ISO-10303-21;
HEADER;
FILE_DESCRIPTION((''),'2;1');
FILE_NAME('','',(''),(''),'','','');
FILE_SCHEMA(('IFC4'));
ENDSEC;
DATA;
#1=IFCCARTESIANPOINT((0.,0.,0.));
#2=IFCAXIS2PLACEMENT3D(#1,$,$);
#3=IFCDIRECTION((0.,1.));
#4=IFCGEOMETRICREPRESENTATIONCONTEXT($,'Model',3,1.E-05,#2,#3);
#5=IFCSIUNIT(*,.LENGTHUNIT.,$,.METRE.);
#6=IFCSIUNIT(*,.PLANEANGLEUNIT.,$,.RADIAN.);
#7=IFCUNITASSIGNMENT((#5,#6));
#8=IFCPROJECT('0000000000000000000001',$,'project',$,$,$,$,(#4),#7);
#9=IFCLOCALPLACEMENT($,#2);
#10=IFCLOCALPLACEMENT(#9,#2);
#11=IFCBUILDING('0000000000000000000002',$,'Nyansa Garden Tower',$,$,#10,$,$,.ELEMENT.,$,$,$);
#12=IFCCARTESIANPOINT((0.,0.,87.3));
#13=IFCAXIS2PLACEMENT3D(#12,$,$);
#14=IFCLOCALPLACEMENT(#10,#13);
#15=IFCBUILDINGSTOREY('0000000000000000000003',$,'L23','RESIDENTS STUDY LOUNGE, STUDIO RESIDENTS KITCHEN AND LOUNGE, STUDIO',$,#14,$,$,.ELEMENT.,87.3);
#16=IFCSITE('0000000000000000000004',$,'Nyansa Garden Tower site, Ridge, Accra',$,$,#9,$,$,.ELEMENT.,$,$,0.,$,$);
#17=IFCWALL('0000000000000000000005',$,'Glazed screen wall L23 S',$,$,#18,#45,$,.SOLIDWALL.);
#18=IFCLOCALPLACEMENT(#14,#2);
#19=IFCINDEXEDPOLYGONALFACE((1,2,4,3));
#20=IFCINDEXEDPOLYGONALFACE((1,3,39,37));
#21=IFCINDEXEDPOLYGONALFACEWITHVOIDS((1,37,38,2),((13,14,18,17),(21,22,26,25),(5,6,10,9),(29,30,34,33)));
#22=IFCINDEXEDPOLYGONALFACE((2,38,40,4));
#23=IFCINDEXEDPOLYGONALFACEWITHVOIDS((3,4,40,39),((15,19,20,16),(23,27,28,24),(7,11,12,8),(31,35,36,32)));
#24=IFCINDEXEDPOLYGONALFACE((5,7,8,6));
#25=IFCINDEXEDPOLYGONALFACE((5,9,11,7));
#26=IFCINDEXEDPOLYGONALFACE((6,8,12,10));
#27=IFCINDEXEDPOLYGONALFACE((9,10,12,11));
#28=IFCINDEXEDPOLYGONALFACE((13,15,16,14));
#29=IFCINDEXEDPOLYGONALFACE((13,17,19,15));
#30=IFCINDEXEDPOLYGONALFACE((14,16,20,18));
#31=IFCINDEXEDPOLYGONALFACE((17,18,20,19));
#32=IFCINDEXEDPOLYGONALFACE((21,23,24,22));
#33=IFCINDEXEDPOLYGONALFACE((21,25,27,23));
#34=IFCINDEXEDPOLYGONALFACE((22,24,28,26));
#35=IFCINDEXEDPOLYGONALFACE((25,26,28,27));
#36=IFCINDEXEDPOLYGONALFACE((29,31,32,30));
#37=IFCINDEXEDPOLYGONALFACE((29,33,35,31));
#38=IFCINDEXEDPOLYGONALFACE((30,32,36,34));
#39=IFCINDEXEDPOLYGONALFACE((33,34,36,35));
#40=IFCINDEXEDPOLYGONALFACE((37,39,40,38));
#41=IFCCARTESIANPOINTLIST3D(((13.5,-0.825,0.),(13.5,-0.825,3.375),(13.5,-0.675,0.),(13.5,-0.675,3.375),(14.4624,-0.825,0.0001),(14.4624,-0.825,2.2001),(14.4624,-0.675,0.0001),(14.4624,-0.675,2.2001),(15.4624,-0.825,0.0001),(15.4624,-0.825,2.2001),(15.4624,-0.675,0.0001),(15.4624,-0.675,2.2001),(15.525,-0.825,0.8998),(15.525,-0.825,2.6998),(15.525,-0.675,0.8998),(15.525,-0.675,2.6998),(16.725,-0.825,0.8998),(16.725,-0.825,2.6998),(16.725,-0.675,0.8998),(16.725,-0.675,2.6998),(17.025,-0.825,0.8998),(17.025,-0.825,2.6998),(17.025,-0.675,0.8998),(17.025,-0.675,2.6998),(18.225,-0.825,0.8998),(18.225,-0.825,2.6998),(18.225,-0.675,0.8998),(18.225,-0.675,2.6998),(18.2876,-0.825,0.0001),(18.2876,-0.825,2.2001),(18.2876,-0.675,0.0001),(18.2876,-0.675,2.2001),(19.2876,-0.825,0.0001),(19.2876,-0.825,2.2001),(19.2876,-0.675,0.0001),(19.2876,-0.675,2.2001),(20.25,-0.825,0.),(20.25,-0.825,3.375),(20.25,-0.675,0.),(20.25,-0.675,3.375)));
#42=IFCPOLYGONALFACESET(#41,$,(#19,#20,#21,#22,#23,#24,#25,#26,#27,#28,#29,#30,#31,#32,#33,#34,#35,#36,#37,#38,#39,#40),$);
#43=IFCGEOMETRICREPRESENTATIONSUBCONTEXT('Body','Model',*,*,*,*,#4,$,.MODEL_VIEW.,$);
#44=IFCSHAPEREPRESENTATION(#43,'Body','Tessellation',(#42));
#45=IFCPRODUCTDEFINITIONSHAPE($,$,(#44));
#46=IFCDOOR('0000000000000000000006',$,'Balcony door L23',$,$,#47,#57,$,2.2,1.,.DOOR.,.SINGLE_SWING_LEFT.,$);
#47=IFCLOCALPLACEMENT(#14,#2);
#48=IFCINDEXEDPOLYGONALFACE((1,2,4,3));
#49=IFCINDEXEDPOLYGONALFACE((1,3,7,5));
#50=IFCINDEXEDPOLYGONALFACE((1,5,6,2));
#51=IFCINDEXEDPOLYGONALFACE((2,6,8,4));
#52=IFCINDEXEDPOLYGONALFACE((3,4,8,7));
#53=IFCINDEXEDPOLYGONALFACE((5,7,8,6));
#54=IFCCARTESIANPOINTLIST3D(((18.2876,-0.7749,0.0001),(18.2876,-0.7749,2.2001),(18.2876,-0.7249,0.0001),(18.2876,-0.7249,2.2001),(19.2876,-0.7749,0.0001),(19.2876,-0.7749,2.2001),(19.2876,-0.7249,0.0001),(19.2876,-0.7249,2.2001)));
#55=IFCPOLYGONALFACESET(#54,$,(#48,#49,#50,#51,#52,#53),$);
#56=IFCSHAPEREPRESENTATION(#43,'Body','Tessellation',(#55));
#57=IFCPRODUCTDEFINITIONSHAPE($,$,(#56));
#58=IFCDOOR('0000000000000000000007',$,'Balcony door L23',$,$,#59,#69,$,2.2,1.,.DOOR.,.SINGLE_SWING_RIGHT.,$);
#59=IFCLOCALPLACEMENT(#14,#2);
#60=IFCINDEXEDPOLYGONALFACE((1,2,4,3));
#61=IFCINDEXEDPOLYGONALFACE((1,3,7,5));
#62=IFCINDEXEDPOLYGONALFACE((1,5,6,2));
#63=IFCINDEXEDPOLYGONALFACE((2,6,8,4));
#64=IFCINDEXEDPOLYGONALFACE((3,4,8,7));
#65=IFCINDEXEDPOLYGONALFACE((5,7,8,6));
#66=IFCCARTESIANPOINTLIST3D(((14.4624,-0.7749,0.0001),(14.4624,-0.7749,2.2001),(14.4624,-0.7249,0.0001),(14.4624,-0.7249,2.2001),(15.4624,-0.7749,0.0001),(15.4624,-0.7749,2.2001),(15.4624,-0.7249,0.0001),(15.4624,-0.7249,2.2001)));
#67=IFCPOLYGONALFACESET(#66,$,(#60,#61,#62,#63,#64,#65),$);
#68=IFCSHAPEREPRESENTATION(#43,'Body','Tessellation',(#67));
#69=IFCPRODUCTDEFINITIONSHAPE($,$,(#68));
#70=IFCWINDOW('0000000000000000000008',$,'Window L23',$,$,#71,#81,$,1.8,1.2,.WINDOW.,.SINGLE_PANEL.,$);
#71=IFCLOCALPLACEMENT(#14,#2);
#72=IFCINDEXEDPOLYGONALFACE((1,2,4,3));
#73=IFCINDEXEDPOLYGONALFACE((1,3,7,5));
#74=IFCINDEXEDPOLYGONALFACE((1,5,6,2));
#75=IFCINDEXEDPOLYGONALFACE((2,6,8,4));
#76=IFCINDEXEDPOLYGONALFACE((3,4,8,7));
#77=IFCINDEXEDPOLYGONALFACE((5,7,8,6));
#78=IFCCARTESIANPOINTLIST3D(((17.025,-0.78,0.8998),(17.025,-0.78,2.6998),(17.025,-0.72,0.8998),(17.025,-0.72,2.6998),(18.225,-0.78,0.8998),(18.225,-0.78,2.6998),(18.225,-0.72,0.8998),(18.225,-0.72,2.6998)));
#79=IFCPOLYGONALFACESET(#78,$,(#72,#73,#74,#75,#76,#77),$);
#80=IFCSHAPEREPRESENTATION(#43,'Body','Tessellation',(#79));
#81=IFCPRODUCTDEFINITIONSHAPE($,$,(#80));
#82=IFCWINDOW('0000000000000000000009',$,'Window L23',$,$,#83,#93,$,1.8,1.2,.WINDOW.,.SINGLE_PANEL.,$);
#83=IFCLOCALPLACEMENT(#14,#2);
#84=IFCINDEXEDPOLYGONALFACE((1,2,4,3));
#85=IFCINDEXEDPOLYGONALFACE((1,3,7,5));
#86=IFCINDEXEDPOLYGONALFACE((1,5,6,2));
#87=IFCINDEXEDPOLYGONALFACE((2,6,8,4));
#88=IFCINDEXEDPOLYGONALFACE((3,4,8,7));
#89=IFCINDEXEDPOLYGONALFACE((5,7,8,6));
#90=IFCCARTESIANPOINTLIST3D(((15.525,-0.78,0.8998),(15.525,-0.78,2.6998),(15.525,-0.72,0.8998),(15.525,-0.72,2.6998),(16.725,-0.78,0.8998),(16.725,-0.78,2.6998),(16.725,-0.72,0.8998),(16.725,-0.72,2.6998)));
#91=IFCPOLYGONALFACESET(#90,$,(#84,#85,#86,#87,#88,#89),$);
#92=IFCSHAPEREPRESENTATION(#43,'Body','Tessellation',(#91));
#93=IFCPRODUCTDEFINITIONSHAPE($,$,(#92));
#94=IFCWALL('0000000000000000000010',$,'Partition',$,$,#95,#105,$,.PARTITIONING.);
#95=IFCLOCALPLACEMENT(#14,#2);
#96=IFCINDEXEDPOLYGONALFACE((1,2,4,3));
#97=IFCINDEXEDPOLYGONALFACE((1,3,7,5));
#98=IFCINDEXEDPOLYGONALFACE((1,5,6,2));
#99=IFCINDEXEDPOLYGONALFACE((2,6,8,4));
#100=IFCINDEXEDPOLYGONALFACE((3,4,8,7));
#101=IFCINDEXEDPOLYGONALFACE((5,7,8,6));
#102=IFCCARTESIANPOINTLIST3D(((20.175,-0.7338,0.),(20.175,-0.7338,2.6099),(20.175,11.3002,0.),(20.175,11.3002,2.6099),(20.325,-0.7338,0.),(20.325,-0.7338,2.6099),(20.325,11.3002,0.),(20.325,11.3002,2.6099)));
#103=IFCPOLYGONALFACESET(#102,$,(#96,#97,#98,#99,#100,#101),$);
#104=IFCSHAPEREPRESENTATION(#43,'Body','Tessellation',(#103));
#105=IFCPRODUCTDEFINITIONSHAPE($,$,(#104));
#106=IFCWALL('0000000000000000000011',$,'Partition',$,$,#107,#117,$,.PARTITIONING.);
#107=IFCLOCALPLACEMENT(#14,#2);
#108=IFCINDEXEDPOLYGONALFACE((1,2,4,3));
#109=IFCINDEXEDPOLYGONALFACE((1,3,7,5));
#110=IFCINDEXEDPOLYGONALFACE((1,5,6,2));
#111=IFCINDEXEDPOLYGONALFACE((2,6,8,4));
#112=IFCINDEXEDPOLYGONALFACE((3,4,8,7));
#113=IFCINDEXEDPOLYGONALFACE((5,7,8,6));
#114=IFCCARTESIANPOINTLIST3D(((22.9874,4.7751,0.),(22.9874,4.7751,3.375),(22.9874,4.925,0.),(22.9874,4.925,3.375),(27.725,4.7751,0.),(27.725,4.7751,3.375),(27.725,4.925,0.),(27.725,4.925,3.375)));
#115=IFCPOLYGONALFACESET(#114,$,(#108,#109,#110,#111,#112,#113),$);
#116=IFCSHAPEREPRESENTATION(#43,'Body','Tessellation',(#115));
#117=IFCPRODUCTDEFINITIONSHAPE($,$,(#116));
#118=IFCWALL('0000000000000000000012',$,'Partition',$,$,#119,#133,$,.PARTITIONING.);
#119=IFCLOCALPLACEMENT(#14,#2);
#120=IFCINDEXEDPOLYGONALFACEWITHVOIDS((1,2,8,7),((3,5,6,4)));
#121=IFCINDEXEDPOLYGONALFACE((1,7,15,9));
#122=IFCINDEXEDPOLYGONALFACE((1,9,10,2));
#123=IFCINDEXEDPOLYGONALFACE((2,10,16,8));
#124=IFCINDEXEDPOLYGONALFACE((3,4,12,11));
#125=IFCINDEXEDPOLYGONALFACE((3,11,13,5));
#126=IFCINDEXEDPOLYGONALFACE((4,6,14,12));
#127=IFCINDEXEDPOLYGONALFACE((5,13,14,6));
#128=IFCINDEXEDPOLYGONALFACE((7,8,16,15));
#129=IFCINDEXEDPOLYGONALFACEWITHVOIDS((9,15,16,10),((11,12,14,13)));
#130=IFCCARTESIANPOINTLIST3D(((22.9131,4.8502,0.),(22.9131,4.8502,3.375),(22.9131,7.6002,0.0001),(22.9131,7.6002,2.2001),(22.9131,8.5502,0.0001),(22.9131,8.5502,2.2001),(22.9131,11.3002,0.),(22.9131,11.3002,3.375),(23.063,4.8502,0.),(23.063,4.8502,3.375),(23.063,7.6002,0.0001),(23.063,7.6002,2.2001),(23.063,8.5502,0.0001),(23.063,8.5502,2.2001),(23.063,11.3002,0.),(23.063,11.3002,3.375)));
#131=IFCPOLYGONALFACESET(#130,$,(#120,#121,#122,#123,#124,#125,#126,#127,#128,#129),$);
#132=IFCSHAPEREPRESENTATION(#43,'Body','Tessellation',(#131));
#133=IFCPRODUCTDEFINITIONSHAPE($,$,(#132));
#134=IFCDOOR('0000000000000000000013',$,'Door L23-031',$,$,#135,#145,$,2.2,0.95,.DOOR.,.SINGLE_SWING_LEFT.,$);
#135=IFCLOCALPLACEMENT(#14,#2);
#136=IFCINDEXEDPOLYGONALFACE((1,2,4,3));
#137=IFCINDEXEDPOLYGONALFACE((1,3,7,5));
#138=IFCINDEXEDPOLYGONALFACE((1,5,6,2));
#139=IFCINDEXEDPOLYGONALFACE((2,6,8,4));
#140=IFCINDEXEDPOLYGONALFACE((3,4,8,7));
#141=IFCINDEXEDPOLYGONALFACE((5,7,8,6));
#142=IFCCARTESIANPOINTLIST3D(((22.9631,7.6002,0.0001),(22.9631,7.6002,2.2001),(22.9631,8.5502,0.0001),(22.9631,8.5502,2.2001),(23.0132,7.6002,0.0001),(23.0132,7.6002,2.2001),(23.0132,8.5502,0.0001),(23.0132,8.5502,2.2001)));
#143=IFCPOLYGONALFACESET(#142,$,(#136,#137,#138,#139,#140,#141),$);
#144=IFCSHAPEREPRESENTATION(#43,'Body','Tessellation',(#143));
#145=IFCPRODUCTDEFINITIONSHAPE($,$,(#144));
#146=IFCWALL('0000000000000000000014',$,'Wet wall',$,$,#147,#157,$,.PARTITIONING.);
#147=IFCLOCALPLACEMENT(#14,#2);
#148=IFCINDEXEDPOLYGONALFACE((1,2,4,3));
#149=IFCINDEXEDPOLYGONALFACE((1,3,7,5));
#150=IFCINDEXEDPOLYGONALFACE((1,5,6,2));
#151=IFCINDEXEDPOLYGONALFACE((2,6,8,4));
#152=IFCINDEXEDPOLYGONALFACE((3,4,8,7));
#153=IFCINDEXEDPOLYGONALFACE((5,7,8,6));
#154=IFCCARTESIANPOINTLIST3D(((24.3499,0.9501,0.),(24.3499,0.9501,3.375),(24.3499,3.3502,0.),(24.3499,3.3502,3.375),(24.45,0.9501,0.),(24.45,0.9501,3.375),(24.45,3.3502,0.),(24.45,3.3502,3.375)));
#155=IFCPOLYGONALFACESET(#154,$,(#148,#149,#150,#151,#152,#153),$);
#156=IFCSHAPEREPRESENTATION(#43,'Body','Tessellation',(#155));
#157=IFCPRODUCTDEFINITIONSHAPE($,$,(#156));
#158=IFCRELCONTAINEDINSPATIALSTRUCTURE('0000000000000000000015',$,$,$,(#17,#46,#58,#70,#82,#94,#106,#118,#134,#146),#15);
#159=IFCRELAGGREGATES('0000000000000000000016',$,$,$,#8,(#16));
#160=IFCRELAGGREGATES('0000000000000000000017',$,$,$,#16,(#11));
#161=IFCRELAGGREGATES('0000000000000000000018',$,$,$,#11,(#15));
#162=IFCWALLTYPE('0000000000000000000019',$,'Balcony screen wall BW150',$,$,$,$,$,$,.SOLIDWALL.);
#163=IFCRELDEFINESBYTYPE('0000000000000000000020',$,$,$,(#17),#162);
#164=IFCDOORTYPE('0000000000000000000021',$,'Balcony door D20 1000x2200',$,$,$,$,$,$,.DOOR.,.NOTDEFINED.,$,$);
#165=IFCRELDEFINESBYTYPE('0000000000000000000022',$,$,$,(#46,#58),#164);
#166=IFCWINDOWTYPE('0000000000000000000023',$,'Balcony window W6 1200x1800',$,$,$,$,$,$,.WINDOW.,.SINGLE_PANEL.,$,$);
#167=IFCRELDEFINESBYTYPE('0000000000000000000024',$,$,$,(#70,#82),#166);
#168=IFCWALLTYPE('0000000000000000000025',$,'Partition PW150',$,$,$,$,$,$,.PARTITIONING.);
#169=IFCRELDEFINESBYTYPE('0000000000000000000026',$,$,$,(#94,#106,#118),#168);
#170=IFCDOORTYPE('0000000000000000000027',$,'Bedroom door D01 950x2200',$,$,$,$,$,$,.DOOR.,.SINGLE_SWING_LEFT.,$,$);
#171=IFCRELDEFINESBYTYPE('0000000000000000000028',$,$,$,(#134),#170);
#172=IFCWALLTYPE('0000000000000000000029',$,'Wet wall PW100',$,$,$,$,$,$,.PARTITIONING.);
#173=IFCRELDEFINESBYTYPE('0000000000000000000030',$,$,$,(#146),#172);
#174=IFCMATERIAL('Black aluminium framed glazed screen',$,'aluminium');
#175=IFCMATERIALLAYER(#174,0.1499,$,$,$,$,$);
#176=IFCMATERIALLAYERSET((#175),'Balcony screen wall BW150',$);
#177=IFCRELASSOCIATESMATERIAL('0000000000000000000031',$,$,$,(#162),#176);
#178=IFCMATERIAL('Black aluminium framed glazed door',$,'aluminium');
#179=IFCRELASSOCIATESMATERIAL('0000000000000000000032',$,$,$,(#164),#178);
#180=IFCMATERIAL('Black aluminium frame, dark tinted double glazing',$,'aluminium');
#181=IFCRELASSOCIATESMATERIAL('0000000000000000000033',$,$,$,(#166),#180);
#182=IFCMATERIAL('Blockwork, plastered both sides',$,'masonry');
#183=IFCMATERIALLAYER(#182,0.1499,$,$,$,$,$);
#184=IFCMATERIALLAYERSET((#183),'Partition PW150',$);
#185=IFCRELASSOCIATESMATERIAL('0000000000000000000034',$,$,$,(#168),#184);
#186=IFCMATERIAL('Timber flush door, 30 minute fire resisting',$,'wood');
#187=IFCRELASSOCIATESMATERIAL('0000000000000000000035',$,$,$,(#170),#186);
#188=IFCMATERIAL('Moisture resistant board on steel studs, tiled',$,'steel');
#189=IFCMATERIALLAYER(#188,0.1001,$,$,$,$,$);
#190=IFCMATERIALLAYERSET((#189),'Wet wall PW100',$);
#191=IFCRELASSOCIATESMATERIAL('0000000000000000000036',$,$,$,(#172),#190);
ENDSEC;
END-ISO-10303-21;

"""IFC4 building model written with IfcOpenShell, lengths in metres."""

from ifc_helpers import new_model, si_unit, direction, frame, frame_2d, origin, place, context, subcontext, project, spatial, rectangle, extrude, material, layer, layer_set, type_object, element, fill, save


model = new_model("IFC4")

# Units and contexts
model_context = context("Model", 3, precision=1e-05, world=origin(), true_north=direction((0.0, 1.0)))
body_context = subcontext(model_context, "Body", "Model", "MODEL_VIEW")
ifc_project = project(units=[si_unit("LENGTHUNIT", "METRE"), si_unit("PLANEANGLEUNIT", "RADIAN")], contexts=[model_context])

# Site, building, storey
site_placement = place(None, origin())
site = spatial("IfcSite", under=ifc_project, at=site_placement, Name="Nyansa Garden Tower site, Ridge, Accra", CompositionType="ELEMENT", RefElevation=0.0)
building_placement = place(site_placement, origin())
building = spatial("IfcBuilding", under=site, at=building_placement, Name="Nyansa Garden Tower", CompositionType="ELEMENT")
storey_placement = place(building_placement, frame((0.0, 0.0, 87.3)))
storey = spatial("IfcBuildingStorey", under=building, at=storey_placement, Name="L23", Description="RESIDENTS STUDY LOUNGE, STUDIO RESIDENTS KITCHEN AND LOUNGE, STUDIO", CompositionType="ELEMENT", Elevation=87.3)

# Wall, openings, doors, windows
ifc_material_1 = material(Name="Black aluminium framed glazed screen", Category="aluminium")
ifc_layer_1 = layer(ifc_material_1, 0.1499)
ifc_layer_set_1 = layer_set([ifc_layer_1], Name="Balcony screen wall BW150")
wall_type_1 = type_object("IfcWallType", Name="Balcony screen wall BW150", PredefinedType="SOLIDWALL", material=ifc_layer_set_1)
wall_1_placement = place(storey_placement, frame((20.25, -0.75, 0.0), z_axis=(0.0, 0.0, 1.0), x_axis=(-1.0, 0.0, 0.0)))
wall_1 = element("IfcWall", 1, at=wall_1_placement, inside=storey, type_object=wall_type_1, Name="Glazed screen wall L23 S", PredefinedType="SOLIDWALL", context=body_context, shape_type="SweptSolid", body=[
    extrude(rectangle(XDim=6.75, YDim=0.1499, at=frame_2d((3.375, 0.0))), origin(), (0.0, 0.0, 1.0), 3.375),
])
opening_1_placement = place(wall_1_placement, frame((0.9624, 0.0, 0.0)))
opening_1 = element("IfcOpeningElement", 2, at=opening_1_placement, cuts=wall_1, PredefinedType="OPENING", context=body_context, shape_type="SweptSolid", body=[
    extrude(rectangle(XDim=1.0, YDim=2.2, at=frame_2d((0.5, 1.1001))), frame((0.0, 0.085, 0.0), z_axis=(0.0, -1.0, 0.0), x_axis=(1.0, 0.0, 0.0)), (0.0, 0.0, 1.0), 0.1699),
])
opening_2_placement = place(wall_1_placement, frame((2.0249, 0.0, 0.8999)))
opening_2 = element("IfcOpeningElement", 3, at=opening_2_placement, cuts=wall_1, PredefinedType="OPENING", context=body_context, shape_type="SweptSolid", body=[
    extrude(rectangle(XDim=1.2, YDim=1.8, at=frame_2d((0.6001, 0.8999))), frame((0.0, 0.085, 0.0), z_axis=(0.0, -1.0, 0.0), x_axis=(1.0, 0.0, 0.0)), (0.0, 0.0, 1.0), 0.1699),
])
opening_3_placement = place(wall_1_placement, frame((4.7876, 0.0, 0.0)))
opening_3 = element("IfcOpeningElement", 4, at=opening_3_placement, cuts=wall_1, PredefinedType="OPENING", context=body_context, shape_type="SweptSolid", body=[
    extrude(rectangle(XDim=1.0, YDim=2.2, at=frame_2d((0.5, 1.1001))), frame((0.0, 0.085, 0.0), z_axis=(0.0, -1.0, 0.0), x_axis=(1.0, 0.0, 0.0)), (0.0, 0.0, 1.0), 0.1699),
])
opening_4_placement = place(wall_1_placement, frame((3.5249, 0.0, 0.8999)))
opening_4 = element("IfcOpeningElement", 5, at=opening_4_placement, cuts=wall_1, PredefinedType="OPENING", context=body_context, shape_type="SweptSolid", body=[
    extrude(rectangle(XDim=1.2, YDim=1.8, at=frame_2d((0.6001, 0.8999))), frame((0.0, 0.085, 0.0), z_axis=(0.0, -1.0, 0.0), x_axis=(1.0, 0.0, 0.0)), (0.0, 0.0, 1.0), 0.1699),
])
ifc_material_2 = material(Name="Black aluminium framed glazed door", Category="aluminium")
door_type_1 = type_object("IfcDoorType", Name="Balcony door D20 1000x2200", OperationType="NOTDEFINED", PredefinedType="DOOR", material=ifc_material_2)
door_1_placement = place(opening_1_placement, origin())
door_1 = element("IfcDoor", 6, at=door_1_placement, inside=storey, type_object=door_type_1, Name="Balcony door L23", OperationType="SINGLE_SWING_LEFT", OverallHeight=2.2, OverallWidth=1.0, PredefinedType="DOOR", context=body_context, shape_type="SweptSolid", body=[
    extrude(rectangle(XDim=1.0, YDim=2.2, at=frame_2d((0.5, 1.1001))), frame((0.0, 0.0249, 0.0), z_axis=(0.0, -1.0, 0.0), x_axis=(1.0, 0.0, 0.0)), (0.0, 0.0, 1.0), 0.05),
])
fill(opening_1, door_1)
door_2_placement = place(opening_3_placement, origin())
door_2 = element("IfcDoor", 7, at=door_2_placement, inside=storey, type_object=door_type_1, Name="Balcony door L23", OperationType="SINGLE_SWING_RIGHT", OverallHeight=2.2, OverallWidth=1.0, PredefinedType="DOOR", context=body_context, shape_type="SweptSolid", body=[
    extrude(rectangle(XDim=1.0, YDim=2.2, at=frame_2d((0.5, 1.1001))), frame((0.0, 0.0249, 0.0), z_axis=(0.0, -1.0, 0.0), x_axis=(1.0, 0.0, 0.0)), (0.0, 0.0, 1.0), 0.05),
])
fill(opening_3, door_2)
ifc_material_3 = material(Name="Black aluminium frame, dark tinted double glazing", Category="aluminium")
window_type = type_object("IfcWindowType", Name="Balcony window W6 1200x1800", PartitioningType="SINGLE_PANEL", PredefinedType="WINDOW", material=ifc_material_3)
window_1_placement = place(opening_2_placement, origin())
window_1 = element("IfcWindow", 8, at=window_1_placement, inside=storey, type_object=window_type, Name="Window L23", OverallHeight=1.8, OverallWidth=1.2, PartitioningType="SINGLE_PANEL", PredefinedType="WINDOW", context=body_context, shape_type="SweptSolid", body=[
    extrude(rectangle(XDim=1.2, YDim=1.8, at=frame_2d((0.6001, 0.8999))), frame((0.0, 0.03, 0.0), z_axis=(0.0, -1.0, 0.0), x_axis=(1.0, 0.0, 0.0)), (0.0, 0.0, 1.0), 0.0601),
])
fill(opening_2, window_1)
window_2_placement = place(opening_4_placement, origin())
window_2 = element("IfcWindow", 9, at=window_2_placement, inside=storey, type_object=window_type, Name="Window L23", OverallHeight=1.8, OverallWidth=1.2, PartitioningType="SINGLE_PANEL", PredefinedType="WINDOW", context=body_context, shape_type="SweptSolid", body=[
    extrude(rectangle(XDim=1.2, YDim=1.8, at=frame_2d((0.6001, 0.8999))), frame((0.0, 0.03, 0.0), z_axis=(0.0, -1.0, 0.0), x_axis=(1.0, 0.0, 0.0)), (0.0, 0.0, 1.0), 0.0601),
])
fill(opening_4, window_2)

# Walls
ifc_material_4 = material(Name="Blockwork, plastered both sides", Category="masonry")
ifc_layer_2 = layer(ifc_material_4, 0.1499)
ifc_layer_set_2 = layer_set([ifc_layer_2], Name="Partition PW150")
wall_type_2 = type_object("IfcWallType", Name="Partition PW150", PredefinedType="PARTITIONING", material=ifc_layer_set_2)
wall_2_placement = place(storey_placement, frame((20.25, -0.7339, 0.0), z_axis=(0.0, 0.0, 1.0), x_axis=(0.0, 1.0, 0.0)))
element("IfcWall", 10, at=wall_2_placement, inside=storey, type_object=wall_type_2, Name="Partition", PredefinedType="PARTITIONING", context=body_context, shape_type="SweptSolid", body=[
    extrude(rectangle(XDim=12.0339, YDim=0.1499, at=frame_2d((6.0171, 0.0))), origin(), (0.0, 0.0, 1.0), 2.6099),
])
wall_3_placement = place(storey_placement, frame((22.9875, 4.8501, 0.0), z_axis=(0.0, 0.0, 1.0), x_axis=(1.0, 0.0, 0.0)))
element("IfcWall", 11, at=wall_3_placement, inside=storey, type_object=wall_type_2, Name="Partition", PredefinedType="PARTITIONING", context=body_context, shape_type="SweptSolid", body=[
    extrude(rectangle(XDim=4.7375, YDim=0.1499, at=frame_2d((2.3687, 0.0))), origin(), (0.0, 0.0, 1.0), 3.375),
])

# Wall, opening, door
wall_4_placement = place(storey_placement, frame((22.988, 4.8501, 0.0), z_axis=(0.0, 0.0, 1.0), x_axis=(0.0, 1.0, 0.0)))
wall_4 = element("IfcWall", 12, at=wall_4_placement, inside=storey, type_object=wall_type_2, Name="Partition", PredefinedType="PARTITIONING", context=body_context, shape_type="SweptSolid", body=[
    extrude(rectangle(XDim=6.45, YDim=0.1499, at=frame_2d((3.2251, 0.0))), origin(), (0.0, 0.0, 1.0), 3.375),
])
opening_5_placement = place(wall_4_placement, frame((2.75, 0.0, 0.0)))
opening_5 = element("IfcOpeningElement", 13, at=opening_5_placement, cuts=wall_4, PredefinedType="OPENING", context=body_context, shape_type="SweptSolid", body=[
    extrude(rectangle(XDim=0.95, YDim=2.2, at=frame_2d((0.4751, 1.1001))), frame((0.0, 0.085, 0.0), z_axis=(0.0, -1.0, 0.0), x_axis=(1.0, 0.0, 0.0)), (0.0, 0.0, 1.0), 0.1699),
])
ifc_material_5 = material(Name="Timber flush door, 30 minute fire resisting", Category="wood")
door_type_2 = type_object("IfcDoorType", Name="Bedroom door D01 950x2200", OperationType="SINGLE_SWING_LEFT", PredefinedType="DOOR", material=ifc_material_5)
door_3_placement = place(opening_5_placement, origin())
door_3 = element("IfcDoor", 14, at=door_3_placement, inside=storey, type_object=door_type_2, Name="Door L23-031", OperationType="SINGLE_SWING_LEFT", OverallHeight=2.2, OverallWidth=0.95, PredefinedType="DOOR", context=body_context, shape_type="SweptSolid", body=[
    extrude(rectangle(XDim=0.95, YDim=2.2, at=frame_2d((0.4751, 1.1001))), frame((0.0, 0.0249, 0.0), z_axis=(0.0, -1.0, 0.0), x_axis=(1.0, 0.0, 0.0)), (0.0, 0.0, 1.0), 0.05),
])
fill(opening_5, door_3)

# Wall
ifc_material_6 = material(Name="Moisture resistant board on steel studs, tiled", Category="steel")
ifc_layer_3 = layer(ifc_material_6, 0.1001)
ifc_layer_set_3 = layer_set([ifc_layer_3], Name="Wet wall PW100")
wall_type_3 = type_object("IfcWallType", Name="Wet wall PW100", PredefinedType="PARTITIONING", material=ifc_layer_set_3)
wall_5_placement = place(storey_placement, frame((24.3999, 0.95, 0.0), z_axis=(0.0, 0.0, 1.0), x_axis=(0.0, 1.0, 0.0)))
element("IfcWall", 15, at=wall_5_placement, inside=storey, type_object=wall_type_3, Name="Wet wall", PredefinedType="PARTITIONING", context=body_context, shape_type="SweptSolid", body=[
    extrude(rectangle(XDim=2.4001, YDim=0.1001, at=frame_2d((1.2002, 0.0))), origin(), (0.0, 0.0, 1.0), 3.375),
])

save(model, "model.ifc")
